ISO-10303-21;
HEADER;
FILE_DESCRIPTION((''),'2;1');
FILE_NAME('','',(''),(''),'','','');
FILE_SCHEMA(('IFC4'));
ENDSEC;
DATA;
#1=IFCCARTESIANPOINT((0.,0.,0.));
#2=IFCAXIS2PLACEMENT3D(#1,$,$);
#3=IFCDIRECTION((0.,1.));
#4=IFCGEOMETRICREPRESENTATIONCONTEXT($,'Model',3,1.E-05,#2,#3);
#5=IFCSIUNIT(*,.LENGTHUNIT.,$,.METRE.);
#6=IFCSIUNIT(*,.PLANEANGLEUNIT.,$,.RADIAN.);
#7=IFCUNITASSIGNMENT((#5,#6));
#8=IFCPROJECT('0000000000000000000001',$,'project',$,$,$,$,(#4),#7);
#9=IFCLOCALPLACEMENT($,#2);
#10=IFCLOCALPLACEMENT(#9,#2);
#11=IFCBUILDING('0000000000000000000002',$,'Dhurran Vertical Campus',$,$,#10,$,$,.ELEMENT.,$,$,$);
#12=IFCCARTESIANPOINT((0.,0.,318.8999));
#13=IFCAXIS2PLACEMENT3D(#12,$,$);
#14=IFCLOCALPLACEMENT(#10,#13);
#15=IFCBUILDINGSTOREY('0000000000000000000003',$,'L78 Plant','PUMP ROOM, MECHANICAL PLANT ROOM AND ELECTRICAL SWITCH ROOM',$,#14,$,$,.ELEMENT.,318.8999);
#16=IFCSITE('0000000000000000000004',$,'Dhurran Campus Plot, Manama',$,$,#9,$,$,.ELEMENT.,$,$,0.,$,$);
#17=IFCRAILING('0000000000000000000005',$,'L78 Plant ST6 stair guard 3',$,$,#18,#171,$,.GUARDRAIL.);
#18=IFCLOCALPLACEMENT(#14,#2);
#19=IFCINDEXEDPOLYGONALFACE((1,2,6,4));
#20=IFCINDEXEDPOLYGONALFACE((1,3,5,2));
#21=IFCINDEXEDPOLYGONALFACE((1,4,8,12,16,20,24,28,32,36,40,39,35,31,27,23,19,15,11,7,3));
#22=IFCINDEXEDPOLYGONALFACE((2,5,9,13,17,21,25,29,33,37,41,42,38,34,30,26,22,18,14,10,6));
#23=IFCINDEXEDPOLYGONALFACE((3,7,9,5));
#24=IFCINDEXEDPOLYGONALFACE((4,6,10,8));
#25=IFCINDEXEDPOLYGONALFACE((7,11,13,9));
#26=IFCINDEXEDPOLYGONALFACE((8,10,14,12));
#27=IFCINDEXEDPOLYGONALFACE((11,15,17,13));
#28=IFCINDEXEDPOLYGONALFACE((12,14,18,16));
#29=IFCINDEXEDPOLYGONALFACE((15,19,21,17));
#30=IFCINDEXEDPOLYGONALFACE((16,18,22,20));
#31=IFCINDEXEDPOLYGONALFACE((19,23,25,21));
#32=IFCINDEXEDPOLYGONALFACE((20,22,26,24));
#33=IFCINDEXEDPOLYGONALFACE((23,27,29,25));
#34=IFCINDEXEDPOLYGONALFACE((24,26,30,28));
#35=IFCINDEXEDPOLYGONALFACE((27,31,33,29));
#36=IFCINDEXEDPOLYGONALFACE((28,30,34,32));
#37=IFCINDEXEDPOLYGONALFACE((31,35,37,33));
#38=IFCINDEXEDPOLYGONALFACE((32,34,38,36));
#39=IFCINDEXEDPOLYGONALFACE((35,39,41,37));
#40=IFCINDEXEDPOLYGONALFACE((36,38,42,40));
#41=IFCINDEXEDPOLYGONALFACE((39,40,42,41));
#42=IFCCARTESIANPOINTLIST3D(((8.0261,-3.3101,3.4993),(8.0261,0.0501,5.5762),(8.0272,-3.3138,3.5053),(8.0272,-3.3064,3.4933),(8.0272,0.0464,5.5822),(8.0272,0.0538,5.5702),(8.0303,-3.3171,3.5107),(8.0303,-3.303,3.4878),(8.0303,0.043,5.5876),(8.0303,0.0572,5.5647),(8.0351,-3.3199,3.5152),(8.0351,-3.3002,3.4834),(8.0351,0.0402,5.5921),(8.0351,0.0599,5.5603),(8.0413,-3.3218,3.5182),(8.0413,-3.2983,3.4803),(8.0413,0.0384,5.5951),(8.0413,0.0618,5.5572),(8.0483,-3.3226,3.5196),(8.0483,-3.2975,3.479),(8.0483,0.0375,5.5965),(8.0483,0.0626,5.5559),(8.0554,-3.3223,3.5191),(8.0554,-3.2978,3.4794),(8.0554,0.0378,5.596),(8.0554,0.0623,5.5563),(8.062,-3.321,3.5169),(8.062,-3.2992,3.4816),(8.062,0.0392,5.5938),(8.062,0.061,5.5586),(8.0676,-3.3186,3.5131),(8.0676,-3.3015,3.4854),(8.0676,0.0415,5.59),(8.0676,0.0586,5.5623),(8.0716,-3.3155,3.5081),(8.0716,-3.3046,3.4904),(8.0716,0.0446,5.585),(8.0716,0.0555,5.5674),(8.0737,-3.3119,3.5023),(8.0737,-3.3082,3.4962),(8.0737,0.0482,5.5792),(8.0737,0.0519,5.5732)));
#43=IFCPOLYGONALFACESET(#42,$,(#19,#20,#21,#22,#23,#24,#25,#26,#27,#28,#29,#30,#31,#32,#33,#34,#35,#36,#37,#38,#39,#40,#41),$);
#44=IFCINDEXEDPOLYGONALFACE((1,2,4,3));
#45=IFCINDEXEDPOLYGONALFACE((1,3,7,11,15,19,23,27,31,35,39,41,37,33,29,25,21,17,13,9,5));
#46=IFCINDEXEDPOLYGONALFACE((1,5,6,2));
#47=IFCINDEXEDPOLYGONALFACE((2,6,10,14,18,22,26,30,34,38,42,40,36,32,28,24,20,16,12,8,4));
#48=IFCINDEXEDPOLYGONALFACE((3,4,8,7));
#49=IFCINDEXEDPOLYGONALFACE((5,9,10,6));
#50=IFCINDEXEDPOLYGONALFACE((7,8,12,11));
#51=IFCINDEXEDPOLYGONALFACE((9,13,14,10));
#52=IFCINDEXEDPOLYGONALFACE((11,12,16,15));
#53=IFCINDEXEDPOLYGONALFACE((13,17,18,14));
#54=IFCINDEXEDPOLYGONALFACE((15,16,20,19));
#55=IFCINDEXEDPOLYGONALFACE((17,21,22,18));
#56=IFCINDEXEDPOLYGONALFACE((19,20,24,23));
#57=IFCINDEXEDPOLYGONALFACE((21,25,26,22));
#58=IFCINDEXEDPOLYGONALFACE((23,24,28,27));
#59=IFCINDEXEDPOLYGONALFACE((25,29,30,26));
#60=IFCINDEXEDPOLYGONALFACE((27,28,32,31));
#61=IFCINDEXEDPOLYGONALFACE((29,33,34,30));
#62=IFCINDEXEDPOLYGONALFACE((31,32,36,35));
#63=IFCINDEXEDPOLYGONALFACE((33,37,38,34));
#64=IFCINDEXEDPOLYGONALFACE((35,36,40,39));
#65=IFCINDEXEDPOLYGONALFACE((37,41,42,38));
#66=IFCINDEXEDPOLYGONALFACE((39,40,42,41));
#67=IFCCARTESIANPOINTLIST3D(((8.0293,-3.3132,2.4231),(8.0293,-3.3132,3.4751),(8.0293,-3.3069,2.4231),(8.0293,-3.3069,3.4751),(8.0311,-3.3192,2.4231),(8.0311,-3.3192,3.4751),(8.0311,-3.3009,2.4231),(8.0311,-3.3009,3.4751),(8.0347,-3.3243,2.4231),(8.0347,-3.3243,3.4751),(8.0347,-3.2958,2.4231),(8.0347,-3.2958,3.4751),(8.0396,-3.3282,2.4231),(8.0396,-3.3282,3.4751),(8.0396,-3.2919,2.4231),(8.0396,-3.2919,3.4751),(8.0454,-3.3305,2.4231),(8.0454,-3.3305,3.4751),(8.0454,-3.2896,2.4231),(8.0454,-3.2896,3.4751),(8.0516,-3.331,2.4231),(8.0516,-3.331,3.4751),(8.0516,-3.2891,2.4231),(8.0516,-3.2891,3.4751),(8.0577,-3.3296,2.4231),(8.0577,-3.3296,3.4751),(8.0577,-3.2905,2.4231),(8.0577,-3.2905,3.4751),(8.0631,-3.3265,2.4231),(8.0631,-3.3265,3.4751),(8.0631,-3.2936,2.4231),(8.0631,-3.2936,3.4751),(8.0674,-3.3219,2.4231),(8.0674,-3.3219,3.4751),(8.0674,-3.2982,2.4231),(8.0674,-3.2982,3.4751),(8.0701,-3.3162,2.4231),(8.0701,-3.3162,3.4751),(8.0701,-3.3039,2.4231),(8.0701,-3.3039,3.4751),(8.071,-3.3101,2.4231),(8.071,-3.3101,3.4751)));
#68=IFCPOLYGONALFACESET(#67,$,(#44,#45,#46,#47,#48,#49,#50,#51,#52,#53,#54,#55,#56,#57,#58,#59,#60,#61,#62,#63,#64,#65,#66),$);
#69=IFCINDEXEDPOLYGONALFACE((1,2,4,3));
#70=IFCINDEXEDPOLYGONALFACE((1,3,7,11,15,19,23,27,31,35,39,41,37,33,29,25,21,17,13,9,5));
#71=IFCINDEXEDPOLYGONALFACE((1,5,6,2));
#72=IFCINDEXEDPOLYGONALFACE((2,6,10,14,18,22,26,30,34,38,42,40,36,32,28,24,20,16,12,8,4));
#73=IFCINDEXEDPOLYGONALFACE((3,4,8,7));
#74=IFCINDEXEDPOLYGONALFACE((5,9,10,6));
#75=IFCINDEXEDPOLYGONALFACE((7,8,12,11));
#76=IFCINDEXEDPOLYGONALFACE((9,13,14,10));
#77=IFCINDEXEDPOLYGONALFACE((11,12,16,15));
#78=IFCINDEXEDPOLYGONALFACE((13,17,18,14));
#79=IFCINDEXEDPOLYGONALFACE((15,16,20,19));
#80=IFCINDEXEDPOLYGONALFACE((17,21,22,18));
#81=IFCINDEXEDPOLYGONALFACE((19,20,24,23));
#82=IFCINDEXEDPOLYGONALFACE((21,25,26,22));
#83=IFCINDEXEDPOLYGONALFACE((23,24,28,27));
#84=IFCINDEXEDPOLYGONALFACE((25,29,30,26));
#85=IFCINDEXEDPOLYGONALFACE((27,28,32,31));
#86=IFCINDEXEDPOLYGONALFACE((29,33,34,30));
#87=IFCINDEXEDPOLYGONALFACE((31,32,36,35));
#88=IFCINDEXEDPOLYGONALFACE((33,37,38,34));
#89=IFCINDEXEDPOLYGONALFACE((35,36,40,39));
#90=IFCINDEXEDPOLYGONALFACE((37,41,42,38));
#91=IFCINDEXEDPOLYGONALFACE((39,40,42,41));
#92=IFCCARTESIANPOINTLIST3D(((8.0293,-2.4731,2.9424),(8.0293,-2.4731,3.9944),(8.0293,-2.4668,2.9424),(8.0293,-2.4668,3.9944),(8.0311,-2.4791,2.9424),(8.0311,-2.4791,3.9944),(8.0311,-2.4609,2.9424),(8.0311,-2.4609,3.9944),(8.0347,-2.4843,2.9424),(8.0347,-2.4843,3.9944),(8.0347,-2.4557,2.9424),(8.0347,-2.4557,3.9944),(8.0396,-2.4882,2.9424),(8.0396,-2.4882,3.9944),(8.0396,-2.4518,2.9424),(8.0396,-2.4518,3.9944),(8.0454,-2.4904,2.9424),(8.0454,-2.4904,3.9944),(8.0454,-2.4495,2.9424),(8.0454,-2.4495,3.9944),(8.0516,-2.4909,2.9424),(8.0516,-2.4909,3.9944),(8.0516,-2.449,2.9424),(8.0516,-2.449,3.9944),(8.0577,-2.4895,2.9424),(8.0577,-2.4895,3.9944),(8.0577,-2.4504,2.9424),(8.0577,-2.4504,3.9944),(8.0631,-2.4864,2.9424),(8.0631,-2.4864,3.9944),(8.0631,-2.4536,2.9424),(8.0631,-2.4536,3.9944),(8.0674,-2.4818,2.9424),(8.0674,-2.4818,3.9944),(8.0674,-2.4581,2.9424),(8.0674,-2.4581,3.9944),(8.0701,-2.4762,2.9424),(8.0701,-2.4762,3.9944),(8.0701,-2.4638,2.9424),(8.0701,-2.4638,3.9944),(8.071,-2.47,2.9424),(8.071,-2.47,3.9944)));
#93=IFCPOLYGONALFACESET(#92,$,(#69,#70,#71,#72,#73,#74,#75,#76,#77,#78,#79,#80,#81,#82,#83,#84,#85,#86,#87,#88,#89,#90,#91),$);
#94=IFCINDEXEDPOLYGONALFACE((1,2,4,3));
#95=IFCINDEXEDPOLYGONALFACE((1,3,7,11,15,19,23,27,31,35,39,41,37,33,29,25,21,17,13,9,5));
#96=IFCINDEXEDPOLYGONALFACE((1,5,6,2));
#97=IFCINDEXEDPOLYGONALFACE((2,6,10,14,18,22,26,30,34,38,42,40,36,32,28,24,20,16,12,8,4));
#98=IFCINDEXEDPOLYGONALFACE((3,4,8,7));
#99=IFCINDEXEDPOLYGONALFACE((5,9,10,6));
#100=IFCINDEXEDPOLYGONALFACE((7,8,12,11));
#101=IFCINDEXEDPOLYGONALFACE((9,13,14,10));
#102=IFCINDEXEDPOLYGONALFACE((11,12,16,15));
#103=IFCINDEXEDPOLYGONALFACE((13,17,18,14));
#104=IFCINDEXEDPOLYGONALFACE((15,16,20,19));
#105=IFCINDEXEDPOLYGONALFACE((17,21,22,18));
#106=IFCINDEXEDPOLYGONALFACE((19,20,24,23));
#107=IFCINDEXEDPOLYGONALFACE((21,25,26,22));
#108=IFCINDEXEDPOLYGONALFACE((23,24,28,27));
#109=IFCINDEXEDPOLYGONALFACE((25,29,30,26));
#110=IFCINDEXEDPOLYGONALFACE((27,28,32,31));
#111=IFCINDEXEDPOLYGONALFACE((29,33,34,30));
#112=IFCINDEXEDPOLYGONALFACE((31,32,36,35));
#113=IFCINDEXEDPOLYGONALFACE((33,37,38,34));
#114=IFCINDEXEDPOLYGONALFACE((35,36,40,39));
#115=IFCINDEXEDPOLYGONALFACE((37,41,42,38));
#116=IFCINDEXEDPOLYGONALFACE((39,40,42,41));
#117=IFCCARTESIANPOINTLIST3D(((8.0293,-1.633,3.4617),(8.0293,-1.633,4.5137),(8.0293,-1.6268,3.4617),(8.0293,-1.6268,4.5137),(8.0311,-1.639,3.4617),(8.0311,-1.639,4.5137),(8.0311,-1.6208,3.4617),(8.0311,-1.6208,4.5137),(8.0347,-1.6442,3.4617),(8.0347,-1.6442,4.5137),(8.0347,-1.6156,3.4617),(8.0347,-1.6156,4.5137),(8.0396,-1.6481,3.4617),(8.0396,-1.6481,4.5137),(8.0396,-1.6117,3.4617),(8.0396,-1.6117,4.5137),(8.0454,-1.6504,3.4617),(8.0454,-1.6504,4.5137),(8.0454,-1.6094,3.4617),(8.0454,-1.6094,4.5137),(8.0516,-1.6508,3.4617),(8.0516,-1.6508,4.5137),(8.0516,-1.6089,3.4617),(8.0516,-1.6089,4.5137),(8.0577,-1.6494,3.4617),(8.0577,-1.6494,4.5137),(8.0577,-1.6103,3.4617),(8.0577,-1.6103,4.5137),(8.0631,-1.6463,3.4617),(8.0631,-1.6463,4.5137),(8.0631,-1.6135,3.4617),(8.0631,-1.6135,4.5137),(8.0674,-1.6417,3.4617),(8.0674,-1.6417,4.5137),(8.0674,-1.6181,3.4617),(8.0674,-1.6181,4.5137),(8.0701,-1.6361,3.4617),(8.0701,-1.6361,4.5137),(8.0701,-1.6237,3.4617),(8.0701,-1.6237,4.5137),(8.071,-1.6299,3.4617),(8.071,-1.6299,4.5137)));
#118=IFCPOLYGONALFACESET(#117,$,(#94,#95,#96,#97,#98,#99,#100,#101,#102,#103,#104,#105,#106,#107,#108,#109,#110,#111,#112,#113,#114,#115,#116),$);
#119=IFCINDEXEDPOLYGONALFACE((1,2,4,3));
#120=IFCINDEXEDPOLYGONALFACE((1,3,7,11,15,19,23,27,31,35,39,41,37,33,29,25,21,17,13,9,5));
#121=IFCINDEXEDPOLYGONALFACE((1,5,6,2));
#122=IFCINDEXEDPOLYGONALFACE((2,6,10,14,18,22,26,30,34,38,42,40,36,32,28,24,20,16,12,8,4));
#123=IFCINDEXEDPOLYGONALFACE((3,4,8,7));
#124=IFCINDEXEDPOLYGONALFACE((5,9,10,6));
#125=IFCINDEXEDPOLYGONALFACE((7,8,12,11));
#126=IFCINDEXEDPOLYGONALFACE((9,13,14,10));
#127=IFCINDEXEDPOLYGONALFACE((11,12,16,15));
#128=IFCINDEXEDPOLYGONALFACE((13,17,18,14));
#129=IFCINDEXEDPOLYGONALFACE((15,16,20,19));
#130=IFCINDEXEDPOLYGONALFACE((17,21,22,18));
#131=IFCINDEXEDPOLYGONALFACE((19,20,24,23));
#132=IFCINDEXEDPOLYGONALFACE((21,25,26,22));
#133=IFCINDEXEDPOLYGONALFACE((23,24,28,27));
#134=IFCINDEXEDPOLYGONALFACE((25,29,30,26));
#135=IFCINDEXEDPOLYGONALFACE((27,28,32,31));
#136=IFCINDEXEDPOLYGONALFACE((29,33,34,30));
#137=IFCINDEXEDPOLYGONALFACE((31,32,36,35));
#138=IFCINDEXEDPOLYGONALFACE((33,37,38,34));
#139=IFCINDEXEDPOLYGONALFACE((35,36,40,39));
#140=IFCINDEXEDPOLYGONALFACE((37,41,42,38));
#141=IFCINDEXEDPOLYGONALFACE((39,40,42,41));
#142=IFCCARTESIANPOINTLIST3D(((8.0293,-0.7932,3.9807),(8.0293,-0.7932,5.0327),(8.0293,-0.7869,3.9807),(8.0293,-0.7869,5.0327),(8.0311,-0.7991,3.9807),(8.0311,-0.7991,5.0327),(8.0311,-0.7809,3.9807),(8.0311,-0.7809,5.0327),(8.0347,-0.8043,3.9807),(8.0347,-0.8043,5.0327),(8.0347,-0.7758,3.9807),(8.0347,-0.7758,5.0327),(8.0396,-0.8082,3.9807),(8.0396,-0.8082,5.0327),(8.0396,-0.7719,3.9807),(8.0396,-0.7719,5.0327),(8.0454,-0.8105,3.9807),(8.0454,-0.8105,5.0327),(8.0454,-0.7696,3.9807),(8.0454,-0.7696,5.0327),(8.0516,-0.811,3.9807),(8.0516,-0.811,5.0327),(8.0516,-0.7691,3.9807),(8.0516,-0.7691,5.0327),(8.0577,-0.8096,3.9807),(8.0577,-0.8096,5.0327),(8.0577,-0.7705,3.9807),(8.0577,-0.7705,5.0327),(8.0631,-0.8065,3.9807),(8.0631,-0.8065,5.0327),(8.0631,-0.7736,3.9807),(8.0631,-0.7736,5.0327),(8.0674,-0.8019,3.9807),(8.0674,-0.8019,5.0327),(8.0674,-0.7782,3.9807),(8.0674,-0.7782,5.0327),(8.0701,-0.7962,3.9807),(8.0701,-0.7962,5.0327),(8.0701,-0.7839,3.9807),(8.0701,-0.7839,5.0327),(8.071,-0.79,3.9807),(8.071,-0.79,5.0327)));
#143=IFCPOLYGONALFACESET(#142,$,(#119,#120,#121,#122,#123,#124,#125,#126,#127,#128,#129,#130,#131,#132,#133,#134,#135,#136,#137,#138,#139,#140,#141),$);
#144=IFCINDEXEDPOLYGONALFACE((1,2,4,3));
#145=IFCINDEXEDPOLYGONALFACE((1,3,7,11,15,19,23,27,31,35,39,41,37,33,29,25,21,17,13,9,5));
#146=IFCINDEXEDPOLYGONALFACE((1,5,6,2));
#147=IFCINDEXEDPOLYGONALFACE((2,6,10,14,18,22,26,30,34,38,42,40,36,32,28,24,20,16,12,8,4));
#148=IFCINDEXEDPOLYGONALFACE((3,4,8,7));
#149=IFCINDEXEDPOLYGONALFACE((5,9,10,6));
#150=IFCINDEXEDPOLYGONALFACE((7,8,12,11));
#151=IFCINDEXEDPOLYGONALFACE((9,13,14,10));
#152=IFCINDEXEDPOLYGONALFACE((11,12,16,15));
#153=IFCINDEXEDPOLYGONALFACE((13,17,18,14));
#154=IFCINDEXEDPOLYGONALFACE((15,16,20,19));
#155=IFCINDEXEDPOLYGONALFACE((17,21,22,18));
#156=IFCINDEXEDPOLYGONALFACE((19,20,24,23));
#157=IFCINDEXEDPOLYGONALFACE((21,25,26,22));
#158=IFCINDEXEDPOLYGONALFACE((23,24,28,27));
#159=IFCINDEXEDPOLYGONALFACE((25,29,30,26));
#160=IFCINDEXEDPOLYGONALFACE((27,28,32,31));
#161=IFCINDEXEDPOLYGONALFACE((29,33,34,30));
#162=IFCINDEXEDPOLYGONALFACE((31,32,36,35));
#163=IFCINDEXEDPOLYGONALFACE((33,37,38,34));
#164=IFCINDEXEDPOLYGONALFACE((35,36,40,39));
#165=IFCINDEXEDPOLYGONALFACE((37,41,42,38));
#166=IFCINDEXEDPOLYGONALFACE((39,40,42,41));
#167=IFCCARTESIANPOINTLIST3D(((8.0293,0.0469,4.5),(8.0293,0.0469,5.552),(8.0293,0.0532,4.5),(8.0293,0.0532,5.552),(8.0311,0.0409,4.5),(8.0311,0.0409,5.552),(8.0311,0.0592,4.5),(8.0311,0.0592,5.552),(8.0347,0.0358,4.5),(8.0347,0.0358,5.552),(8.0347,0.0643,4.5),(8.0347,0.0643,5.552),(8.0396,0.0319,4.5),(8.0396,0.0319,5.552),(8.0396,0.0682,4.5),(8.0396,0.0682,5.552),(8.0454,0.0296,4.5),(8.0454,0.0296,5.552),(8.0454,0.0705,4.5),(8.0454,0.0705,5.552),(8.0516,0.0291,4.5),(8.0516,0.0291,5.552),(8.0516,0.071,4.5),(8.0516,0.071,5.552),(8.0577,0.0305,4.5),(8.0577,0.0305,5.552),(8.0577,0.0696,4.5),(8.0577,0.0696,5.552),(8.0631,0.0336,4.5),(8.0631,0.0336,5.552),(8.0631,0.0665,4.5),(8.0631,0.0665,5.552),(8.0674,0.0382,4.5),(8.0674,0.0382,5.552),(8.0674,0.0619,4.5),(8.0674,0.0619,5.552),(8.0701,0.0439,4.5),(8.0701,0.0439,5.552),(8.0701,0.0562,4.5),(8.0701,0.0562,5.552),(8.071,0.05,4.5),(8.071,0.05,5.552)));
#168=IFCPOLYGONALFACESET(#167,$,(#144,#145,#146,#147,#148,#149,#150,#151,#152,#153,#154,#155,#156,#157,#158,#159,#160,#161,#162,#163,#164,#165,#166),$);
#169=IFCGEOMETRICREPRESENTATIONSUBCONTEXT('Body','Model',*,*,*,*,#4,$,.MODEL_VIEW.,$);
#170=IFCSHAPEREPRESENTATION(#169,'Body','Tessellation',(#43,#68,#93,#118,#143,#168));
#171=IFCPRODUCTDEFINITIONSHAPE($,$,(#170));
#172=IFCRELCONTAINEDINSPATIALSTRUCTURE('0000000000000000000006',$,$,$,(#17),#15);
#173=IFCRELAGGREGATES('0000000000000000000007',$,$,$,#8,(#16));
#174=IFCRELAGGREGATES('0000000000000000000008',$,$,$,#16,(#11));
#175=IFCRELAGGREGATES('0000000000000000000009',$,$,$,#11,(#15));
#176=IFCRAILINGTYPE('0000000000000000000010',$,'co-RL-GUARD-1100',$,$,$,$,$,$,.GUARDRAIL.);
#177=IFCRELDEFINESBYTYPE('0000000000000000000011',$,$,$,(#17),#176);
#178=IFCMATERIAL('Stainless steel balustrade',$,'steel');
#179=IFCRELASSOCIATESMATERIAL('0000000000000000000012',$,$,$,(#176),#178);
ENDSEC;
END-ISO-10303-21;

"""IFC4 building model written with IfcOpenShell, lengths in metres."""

from ifc_helpers import new_model, si_unit, direction, frame, origin, origin_2d, place, context, subcontext, project, spatial, circle, extrude, material, type_object, element, save


model = new_model("IFC4")

# Units and contexts
model_context = context("Model", 3, precision=1e-05, world=origin(), true_north=direction((0.0, 1.0)))
body_context = subcontext(model_context, "Body", "Model", "MODEL_VIEW")
ifc_project = project(units=[si_unit("LENGTHUNIT", "METRE"), si_unit("PLANEANGLEUNIT", "RADIAN")], contexts=[model_context])

# Site, building, storey
site_placement = place(None, origin())
site = spatial("IfcSite", under=ifc_project, at=site_placement, Name="Dhurran Campus Plot, Manama", CompositionType="ELEMENT", RefElevation=0.0)
building_placement = place(site_placement, origin())
building = spatial("IfcBuilding", under=site, at=building_placement, Name="Dhurran Vertical Campus", CompositionType="ELEMENT")
storey_placement = place(building_placement, frame((0.0, 0.0, 318.8999)))
storey = spatial("IfcBuildingStorey", under=building, at=storey_placement, Name="L78 Plant", Description="PUMP ROOM, MECHANICAL PLANT ROOM AND ELECTRICAL SWITCH ROOM", CompositionType="ELEMENT", Elevation=318.8999)

# Railing
ifc_material_1 = material(Name="Stainless steel balustrade", Category="steel")
railing_type = type_object("IfcRailingType", Name="co-RL-GUARD-1100", PredefinedType="GUARDRAIL", material=ifc_material_1)
railing_1_placement = place(storey_placement, frame((8.05, -3.3101, 2.4231)))
element("IfcRailing", 1, at=railing_1_placement, inside=storey, type_object=railing_type, Name="L78 Plant ST6 stair guard 3", PredefinedType="GUARDRAIL", context=body_context, shape_type="SweptSolid", body=[
    extrude(circle(Radius=0.0239, at=origin_2d()), frame((0.0, 0.0, 1.0762), z_axis=(0.0, 0.850623, 0.525776), x_axis=(-1.0, 0.0, 0.0)), (0.0, 0.0, 1.0), 3.9502),
    extrude(circle(Radius=0.021, at=origin_2d()), origin(), (0.0, 0.0, 1.0), 1.052),
    extrude(circle(Radius=0.021, at=origin_2d()), frame((0.0, 0.8401, 0.5193)), (0.0, 0.0, 1.0), 1.052),
    extrude(circle(Radius=0.021, at=origin_2d()), frame((0.0, 1.6802, 1.0386)), (0.0, 0.0, 1.0), 1.052),
    extrude(circle(Radius=0.021, at=origin_2d()), frame((0.0, 2.52, 1.5576)), (0.0, 0.0, 1.0), 1.052),
    extrude(circle(Radius=0.021, at=origin_2d()), frame((0.0, 3.3601, 2.0769)), (0.0, 0.0, 1.0), 1.052),
])

save(model, "model.ifc")
